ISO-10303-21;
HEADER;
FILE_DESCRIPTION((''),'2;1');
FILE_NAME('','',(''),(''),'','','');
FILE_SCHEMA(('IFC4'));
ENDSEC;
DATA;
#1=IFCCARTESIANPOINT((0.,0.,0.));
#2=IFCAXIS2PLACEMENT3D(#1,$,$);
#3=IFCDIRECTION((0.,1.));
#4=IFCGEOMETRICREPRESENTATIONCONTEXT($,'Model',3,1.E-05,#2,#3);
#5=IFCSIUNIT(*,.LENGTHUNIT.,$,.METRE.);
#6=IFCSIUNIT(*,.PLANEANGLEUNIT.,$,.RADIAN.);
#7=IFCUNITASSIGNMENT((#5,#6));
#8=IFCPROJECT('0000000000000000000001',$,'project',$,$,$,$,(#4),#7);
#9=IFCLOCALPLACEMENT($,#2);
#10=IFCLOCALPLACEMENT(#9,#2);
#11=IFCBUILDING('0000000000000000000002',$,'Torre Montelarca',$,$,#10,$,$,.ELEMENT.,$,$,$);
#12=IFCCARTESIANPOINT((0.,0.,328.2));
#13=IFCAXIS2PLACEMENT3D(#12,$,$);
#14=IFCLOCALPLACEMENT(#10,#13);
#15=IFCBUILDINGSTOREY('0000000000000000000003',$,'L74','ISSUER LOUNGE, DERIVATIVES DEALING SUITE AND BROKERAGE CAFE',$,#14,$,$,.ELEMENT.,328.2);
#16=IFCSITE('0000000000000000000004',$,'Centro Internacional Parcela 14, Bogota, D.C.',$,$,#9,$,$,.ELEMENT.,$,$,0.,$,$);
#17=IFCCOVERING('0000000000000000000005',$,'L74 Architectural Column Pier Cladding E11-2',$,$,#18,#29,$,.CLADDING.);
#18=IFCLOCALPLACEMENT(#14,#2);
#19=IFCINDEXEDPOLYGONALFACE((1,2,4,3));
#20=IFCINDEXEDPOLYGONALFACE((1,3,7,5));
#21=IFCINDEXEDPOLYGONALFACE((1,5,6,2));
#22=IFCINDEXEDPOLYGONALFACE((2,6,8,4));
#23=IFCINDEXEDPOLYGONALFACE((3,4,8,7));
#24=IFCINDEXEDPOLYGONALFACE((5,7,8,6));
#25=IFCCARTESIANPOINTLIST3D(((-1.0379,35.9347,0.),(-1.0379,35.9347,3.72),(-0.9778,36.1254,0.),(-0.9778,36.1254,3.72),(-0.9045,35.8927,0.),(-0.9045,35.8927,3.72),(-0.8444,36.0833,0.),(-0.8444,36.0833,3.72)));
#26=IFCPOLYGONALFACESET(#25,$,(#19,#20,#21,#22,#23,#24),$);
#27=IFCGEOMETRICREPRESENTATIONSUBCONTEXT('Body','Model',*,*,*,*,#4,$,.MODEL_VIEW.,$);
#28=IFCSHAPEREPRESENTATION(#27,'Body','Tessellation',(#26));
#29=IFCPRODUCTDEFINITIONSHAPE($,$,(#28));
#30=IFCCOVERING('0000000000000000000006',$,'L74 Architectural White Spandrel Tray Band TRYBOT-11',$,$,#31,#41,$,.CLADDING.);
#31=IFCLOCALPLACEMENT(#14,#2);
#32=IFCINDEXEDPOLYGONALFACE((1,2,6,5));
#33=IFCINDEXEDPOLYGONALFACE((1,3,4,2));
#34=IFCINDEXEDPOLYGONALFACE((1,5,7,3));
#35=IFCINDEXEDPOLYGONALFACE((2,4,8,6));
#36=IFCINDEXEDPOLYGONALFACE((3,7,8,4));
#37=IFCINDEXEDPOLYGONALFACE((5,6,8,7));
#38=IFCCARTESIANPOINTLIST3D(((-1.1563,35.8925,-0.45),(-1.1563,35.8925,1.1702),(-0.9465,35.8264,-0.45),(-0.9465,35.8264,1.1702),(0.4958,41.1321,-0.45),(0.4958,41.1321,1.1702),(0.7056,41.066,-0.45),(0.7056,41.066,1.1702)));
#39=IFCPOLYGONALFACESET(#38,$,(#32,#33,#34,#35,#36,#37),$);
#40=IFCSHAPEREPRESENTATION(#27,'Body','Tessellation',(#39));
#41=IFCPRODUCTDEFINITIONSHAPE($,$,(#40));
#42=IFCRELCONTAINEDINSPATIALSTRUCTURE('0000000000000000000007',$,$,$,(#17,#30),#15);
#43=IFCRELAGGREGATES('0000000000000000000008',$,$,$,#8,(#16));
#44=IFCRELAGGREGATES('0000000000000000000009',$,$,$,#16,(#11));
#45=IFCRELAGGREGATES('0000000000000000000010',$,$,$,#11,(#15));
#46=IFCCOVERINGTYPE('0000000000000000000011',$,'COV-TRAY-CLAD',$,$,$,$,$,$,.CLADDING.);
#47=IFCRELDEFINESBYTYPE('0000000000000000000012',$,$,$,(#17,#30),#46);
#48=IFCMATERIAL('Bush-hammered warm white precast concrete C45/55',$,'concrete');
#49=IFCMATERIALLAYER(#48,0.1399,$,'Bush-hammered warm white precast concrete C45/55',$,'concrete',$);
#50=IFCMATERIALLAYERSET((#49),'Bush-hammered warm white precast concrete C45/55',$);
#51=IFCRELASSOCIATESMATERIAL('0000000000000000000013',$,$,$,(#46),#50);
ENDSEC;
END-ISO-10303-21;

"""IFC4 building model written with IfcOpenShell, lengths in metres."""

from ifc_helpers import new_model, si_unit, direction, frame, origin, origin_2d, place, context, subcontext, project, spatial, rectangle, extrude, source, transform, mapped, material, layer, layer_set, type_object, element, save


model = new_model("IFC4")

# Units and contexts
model_context = context("Model", 3, precision=1e-05, world=origin(), true_north=direction((0.0, 1.0)))
body_context = subcontext(model_context, "Body", "Model", "MODEL_VIEW")
ifc_project = project(units=[si_unit("LENGTHUNIT", "METRE"), si_unit("PLANEANGLEUNIT", "RADIAN")], contexts=[model_context])

# Site, building, storey
site_placement = place(None, origin())
site = spatial("IfcSite", under=ifc_project, at=site_placement, Name="Centro Internacional Parcela 14, Bogota, D.C.", CompositionType="ELEMENT", RefElevation=0.0)
building_placement = place(site_placement, origin())
building = spatial("IfcBuilding", under=site, at=building_placement, Name="Torre Montelarca", CompositionType="ELEMENT")
storey_placement = place(building_placement, frame((0.0, 0.0, 328.2)))
storey = spatial("IfcBuildingStorey", under=building, at=storey_placement, Name="L74", Description="ISSUER LOUNGE, DERIVATIVES DEALING SUITE AND BROKERAGE CAFE", CompositionType="ELEMENT", Elevation=328.2)

# Coverings
ifc_material_1 = material(Name="Bush-hammered warm white precast concrete C45/55", Category="concrete")
ifc_layer_1 = layer(ifc_material_1, 0.1399, Name="Bush-hammered warm white precast concrete C45/55", Category="concrete")
ifc_layer_set_1 = layer_set([ifc_layer_1], Name="Bush-hammered warm white precast concrete C45/55")
covering_type = type_object("IfcCoveringType", Name="COV-TRAY-CLAD", PredefinedType="CLADDING", material=ifc_layer_set_1)
shared_shape_1 = source(origin(), body_context, "Body", "SweptSolid", [
    extrude(rectangle(XDim=0.2, YDim=0.1399, at=origin_2d()), origin(), (0.0, 0.0, 1.0), 3.72),
])
for number, where, z_axis, x_axis, name in (
    (1, (-0.9412, 36.009, 0.0), (0.0, 0.0, 1.0), (-0.300701, -0.953719, 0.0), "L74 Architectural Column Pier Cladding E11-2"),
):
    element("IfcCovering", number, at=place(storey_placement, frame(where, z_axis=z_axis, x_axis=x_axis)), inside=storey, type_object=covering_type, Name=name, PredefinedType="CLADDING", context=body_context, shape_type="MappedRepresentation", body=[
        mapped(shared_shape_1, transform((0.0, 0.0, 0.0), scale=1.0)),
    ])
shared_shape_2 = source(origin(), body_context, "Body", "SweptSolid", [
    extrude(rectangle(XDim=5.4939, YDim=0.22, at=origin_2d()), origin(), (0.0, 0.0, 1.0), 1.6201),
])
covering_placement = place(storey_placement, frame((-0.2253, 38.4792, -0.45), z_axis=(0.0, 0.0, 1.0), x_axis=(-0.300706, -0.953717, 0.0)))
element("IfcCovering", 2, at=covering_placement, inside=storey, type_object=covering_type, Name="L74 Architectural White Spandrel Tray Band TRYBOT-11", PredefinedType="CLADDING", context=body_context, shape_type="MappedRepresentation", body=[
    mapped(shared_shape_2, transform((0.0, 0.0, 0.0), scale=1.0)),
])

save(model, "model.ifc")
